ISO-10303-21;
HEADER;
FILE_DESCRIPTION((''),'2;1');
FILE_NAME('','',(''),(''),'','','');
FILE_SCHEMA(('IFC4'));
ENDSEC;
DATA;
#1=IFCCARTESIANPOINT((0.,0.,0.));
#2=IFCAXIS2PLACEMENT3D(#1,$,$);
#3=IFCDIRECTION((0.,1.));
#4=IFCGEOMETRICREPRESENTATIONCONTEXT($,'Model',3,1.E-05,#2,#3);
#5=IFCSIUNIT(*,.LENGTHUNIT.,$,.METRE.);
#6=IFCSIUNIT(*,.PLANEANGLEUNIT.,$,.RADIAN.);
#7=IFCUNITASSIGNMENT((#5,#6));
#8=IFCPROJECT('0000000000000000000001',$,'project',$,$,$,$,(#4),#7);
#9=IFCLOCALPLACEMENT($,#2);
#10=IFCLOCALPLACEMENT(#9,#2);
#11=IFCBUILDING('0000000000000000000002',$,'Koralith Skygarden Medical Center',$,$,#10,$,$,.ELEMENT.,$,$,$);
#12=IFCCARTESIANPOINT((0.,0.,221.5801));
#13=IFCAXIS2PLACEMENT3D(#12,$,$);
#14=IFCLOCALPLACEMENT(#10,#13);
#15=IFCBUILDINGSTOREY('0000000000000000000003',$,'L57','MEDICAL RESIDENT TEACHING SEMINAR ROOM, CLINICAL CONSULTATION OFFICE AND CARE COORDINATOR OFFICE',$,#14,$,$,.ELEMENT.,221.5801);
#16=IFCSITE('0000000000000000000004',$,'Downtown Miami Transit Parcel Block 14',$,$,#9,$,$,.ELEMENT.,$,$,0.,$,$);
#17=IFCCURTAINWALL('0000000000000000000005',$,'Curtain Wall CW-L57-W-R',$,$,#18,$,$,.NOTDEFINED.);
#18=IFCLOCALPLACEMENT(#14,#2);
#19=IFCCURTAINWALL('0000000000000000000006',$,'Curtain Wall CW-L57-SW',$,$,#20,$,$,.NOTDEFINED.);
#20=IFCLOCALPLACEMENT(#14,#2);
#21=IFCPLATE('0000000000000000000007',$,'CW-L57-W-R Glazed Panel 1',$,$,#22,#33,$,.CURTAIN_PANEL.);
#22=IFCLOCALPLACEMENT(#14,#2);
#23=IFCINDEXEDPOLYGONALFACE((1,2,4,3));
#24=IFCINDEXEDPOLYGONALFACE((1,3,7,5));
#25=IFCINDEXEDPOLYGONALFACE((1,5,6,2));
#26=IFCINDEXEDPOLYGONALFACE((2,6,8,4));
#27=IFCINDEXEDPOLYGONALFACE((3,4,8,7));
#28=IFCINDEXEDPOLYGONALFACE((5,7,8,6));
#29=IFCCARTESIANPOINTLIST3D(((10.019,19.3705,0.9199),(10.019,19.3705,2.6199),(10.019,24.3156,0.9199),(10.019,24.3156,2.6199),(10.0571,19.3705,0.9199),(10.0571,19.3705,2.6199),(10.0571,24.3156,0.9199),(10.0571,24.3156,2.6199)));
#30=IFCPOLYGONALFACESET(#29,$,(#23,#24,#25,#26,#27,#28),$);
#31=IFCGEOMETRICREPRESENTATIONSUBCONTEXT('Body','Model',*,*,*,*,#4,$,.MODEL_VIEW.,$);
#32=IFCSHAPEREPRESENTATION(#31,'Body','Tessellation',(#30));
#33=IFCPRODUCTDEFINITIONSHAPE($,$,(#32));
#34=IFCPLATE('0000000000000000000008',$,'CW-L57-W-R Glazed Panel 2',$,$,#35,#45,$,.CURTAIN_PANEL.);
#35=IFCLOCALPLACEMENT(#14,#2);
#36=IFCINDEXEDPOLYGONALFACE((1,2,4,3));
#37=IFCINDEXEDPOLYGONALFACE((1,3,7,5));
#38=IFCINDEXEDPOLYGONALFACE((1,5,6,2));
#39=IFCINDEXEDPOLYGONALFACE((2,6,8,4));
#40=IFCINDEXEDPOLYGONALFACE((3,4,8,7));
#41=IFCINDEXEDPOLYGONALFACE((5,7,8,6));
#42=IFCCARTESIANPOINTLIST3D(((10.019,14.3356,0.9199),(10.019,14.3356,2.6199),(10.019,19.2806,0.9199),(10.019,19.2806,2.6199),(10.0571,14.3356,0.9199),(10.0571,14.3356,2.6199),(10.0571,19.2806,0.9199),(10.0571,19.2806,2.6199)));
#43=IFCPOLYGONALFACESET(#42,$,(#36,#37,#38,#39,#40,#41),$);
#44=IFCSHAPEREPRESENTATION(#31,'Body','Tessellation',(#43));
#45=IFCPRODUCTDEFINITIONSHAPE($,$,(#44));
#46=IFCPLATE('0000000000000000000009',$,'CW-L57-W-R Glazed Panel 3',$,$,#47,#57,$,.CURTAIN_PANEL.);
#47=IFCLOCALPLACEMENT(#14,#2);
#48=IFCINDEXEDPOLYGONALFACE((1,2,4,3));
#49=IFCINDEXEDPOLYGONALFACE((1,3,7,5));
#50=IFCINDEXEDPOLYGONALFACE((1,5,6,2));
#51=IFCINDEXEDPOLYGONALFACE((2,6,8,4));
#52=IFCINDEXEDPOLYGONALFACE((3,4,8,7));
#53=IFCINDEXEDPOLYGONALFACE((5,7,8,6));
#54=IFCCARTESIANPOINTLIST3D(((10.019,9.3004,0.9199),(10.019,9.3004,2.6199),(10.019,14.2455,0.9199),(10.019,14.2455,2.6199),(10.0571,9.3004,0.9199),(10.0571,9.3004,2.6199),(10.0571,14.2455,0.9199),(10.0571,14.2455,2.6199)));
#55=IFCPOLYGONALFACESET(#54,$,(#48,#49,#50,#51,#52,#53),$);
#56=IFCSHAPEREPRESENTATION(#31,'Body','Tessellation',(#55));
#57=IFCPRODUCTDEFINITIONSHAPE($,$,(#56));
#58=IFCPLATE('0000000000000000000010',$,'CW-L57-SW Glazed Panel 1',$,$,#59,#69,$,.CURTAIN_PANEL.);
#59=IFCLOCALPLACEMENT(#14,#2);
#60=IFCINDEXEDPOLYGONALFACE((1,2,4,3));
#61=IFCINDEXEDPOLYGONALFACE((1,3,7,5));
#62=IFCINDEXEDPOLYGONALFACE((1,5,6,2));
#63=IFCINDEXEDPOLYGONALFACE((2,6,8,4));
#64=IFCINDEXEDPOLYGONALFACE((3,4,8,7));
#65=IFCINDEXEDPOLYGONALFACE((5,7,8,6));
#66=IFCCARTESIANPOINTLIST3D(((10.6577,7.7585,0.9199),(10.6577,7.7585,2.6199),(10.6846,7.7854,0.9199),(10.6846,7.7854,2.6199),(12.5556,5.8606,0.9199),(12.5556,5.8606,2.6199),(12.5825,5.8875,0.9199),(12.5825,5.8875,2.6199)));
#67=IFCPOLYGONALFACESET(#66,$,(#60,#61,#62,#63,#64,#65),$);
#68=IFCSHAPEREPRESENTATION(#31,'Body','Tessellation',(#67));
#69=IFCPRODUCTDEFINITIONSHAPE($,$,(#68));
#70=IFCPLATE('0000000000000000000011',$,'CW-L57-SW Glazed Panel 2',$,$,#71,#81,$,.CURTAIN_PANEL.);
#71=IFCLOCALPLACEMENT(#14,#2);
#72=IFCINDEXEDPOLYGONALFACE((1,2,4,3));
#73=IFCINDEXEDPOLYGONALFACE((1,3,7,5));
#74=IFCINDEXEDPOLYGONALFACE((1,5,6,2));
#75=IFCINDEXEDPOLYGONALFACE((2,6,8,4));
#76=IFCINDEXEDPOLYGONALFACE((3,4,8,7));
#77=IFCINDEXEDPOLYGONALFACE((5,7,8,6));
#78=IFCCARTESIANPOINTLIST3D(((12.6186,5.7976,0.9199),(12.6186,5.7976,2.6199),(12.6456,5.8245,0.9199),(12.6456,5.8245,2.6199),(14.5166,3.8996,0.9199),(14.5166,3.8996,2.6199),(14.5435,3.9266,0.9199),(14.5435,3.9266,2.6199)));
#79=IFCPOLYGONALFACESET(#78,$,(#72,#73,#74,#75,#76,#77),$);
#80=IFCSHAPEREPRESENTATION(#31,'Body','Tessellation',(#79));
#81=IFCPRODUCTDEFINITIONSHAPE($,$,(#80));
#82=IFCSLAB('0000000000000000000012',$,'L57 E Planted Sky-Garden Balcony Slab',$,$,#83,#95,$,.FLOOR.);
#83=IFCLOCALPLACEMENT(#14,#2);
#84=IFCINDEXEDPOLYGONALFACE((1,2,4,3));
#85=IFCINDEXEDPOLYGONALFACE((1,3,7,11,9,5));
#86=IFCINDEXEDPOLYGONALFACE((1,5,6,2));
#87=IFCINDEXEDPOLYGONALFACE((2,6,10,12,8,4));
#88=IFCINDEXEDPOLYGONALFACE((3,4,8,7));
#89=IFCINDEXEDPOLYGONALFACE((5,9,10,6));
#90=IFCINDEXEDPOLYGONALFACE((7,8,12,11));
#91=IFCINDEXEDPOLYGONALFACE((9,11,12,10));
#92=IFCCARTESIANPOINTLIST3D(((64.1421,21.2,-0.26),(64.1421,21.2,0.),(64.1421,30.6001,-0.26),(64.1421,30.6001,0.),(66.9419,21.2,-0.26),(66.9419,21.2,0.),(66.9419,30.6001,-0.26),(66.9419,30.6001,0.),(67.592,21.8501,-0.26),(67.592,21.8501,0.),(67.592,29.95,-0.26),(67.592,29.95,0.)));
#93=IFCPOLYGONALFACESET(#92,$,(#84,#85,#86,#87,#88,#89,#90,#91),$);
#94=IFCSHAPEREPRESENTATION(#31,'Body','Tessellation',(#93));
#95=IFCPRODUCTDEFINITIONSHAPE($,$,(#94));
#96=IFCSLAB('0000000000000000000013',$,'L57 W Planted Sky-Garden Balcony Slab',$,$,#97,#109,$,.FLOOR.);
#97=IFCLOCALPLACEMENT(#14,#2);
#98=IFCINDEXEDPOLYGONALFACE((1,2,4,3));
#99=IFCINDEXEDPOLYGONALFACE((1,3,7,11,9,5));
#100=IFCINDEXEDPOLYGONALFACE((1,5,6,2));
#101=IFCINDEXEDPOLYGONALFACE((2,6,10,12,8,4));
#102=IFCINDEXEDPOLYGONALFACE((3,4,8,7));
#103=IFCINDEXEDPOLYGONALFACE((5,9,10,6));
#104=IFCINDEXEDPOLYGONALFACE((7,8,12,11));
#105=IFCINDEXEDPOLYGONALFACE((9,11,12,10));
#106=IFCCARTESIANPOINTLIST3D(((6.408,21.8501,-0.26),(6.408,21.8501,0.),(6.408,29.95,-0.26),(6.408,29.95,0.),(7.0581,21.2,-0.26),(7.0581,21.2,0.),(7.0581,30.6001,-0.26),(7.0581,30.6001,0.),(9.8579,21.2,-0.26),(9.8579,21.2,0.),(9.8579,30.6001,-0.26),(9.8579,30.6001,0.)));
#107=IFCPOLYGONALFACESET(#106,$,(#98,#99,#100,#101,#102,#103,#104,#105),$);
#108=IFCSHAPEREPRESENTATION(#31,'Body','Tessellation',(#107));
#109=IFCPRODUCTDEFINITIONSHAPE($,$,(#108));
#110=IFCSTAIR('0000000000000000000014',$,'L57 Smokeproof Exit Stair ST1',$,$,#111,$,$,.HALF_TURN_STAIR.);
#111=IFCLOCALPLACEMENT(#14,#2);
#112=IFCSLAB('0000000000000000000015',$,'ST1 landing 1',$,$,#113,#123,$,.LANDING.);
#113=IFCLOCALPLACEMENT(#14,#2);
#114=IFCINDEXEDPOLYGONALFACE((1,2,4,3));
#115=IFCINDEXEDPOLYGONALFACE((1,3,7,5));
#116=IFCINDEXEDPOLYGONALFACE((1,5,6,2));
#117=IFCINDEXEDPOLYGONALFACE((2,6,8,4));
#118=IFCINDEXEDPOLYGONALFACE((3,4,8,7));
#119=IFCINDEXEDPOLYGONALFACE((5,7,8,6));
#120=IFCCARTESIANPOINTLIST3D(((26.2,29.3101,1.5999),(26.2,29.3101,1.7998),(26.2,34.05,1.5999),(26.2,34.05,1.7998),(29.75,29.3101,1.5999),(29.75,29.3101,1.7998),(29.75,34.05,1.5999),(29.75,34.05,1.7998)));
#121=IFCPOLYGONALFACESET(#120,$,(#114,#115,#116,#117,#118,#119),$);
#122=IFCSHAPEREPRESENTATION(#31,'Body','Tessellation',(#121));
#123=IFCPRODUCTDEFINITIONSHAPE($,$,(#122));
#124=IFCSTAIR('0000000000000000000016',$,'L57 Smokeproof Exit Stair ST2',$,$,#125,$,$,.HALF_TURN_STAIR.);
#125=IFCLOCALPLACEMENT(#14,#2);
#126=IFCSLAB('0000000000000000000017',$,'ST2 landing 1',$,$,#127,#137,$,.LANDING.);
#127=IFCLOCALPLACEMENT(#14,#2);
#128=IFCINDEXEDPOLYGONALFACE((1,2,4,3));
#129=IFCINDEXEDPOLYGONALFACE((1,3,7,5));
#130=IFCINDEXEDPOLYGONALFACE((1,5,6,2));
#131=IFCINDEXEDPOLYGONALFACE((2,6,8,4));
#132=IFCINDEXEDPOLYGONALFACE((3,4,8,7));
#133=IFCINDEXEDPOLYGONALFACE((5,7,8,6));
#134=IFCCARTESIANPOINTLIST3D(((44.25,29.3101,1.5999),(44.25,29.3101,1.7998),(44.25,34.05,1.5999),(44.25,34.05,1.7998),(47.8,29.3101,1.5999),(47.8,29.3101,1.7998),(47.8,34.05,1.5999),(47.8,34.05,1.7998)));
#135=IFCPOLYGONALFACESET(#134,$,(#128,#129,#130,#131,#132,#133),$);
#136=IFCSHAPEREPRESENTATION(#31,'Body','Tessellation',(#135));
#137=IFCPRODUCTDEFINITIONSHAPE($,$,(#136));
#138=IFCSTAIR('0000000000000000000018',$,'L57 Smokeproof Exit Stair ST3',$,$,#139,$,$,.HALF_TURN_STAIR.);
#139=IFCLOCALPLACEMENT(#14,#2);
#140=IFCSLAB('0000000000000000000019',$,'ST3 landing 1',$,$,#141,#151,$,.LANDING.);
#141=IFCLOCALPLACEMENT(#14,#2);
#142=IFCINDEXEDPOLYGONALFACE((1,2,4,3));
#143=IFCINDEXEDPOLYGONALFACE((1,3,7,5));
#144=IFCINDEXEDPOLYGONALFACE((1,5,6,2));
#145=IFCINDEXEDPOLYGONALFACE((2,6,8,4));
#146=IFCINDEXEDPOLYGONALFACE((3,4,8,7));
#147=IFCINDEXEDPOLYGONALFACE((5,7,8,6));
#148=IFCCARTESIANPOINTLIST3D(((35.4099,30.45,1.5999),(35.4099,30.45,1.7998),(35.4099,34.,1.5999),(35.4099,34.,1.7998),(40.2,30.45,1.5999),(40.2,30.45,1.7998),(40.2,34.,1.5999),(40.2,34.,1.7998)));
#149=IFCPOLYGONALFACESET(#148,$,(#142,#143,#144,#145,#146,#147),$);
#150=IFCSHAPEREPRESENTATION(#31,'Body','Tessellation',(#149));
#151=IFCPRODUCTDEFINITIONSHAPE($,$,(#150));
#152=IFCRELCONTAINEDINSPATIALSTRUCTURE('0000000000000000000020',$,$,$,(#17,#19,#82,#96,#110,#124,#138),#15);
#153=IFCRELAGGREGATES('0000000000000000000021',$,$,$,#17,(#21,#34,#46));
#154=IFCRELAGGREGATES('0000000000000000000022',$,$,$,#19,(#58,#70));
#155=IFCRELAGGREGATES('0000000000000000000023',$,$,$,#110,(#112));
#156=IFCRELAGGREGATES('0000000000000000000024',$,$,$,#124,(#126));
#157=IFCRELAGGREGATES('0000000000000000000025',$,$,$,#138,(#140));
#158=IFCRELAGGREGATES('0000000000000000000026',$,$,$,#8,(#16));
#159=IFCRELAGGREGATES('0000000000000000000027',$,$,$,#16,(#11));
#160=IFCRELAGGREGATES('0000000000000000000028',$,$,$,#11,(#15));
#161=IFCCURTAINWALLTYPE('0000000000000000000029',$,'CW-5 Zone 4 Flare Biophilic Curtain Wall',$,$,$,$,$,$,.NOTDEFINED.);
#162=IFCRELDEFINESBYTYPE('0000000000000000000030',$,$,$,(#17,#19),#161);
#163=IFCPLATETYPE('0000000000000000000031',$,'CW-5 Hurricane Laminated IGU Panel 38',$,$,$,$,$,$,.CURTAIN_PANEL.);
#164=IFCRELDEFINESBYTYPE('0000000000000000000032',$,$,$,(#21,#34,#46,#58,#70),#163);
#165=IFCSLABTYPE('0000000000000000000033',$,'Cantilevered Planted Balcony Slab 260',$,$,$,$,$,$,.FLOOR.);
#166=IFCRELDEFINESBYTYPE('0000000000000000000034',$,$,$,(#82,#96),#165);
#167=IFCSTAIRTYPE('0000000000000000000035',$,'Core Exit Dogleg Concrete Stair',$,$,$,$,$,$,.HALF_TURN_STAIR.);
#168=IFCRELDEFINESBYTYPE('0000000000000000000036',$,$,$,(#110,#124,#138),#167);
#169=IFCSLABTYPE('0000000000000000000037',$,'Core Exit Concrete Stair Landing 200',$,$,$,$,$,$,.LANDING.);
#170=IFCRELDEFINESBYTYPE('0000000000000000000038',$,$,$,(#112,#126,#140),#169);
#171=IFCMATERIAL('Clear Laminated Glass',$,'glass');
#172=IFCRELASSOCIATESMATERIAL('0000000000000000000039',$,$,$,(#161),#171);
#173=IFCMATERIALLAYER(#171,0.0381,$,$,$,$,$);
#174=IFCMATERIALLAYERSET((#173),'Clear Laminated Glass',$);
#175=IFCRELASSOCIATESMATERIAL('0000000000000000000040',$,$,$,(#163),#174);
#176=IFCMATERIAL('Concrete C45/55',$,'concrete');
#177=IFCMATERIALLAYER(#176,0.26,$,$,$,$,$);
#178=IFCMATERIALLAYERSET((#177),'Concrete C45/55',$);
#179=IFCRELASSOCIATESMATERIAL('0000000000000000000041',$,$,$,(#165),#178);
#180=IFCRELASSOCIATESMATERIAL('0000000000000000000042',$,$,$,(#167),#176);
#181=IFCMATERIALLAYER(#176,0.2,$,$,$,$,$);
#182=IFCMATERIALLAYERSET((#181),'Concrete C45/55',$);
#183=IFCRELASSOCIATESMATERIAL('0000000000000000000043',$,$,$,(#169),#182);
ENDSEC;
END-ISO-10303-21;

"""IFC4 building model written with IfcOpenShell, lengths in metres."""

from ifc_helpers import new_model, si_unit, direction, frame, origin, origin_2d, place, context, subcontext, project, spatial, polyline, rectangle, outline, extrude, material, layer, layer_set, type_object, element, aggregate, save


model = new_model("IFC4")

# Units and contexts
model_context = context("Model", 3, precision=1e-05, world=origin(), true_north=direction((0.0, 1.0)))
body_context = subcontext(model_context, "Body", "Model", "MODEL_VIEW")
ifc_project = project(units=[si_unit("LENGTHUNIT", "METRE"), si_unit("PLANEANGLEUNIT", "RADIAN")], contexts=[model_context])

# Site, building, storey
site_placement = place(None, origin())
site = spatial("IfcSite", under=ifc_project, at=site_placement, Name="Downtown Miami Transit Parcel Block 14", CompositionType="ELEMENT", RefElevation=0.0)
building_placement = place(site_placement, origin())
building = spatial("IfcBuilding", under=site, at=building_placement, Name="Koralith Skygarden Medical Center", CompositionType="ELEMENT")
storey_placement = place(building_placement, frame((0.0, 0.0, 221.5801)))
storey = spatial("IfcBuildingStorey", under=building, at=storey_placement, Name="L57", Description="MEDICAL RESIDENT TEACHING SEMINAR ROOM, CLINICAL CONSULTATION OFFICE AND CARE COORDINATOR OFFICE", CompositionType="ELEMENT", Elevation=221.5801)

# Curtain walls
ifc_material_1 = material(Name="Clear Laminated Glass", Category="glass")
curtain_wall_type = type_object("IfcCurtainWallType", Name="CW-5 Zone 4 Flare Biophilic Curtain Wall", PredefinedType="NOTDEFINED", material=ifc_material_1)
curtain_wall_1_placement = place(storey_placement, origin())
curtain_wall_1 = element("IfcCurtainWall", 1, at=curtain_wall_1_placement, inside=storey, type_object=curtain_wall_type, Name="Curtain Wall CW-L57-W-R", PredefinedType="NOTDEFINED")
curtain_wall_2_placement = place(storey_placement, origin())
curtain_wall_2 = element("IfcCurtainWall", 2, at=curtain_wall_2_placement, inside=storey, type_object=curtain_wall_type, Name="Curtain Wall CW-L57-SW", PredefinedType="NOTDEFINED")

# Shared definitions
ifc_material_2 = material(Name="Concrete C45/55", Category="concrete")

# Plates
ifc_layer_1 = layer(ifc_material_1, 0.0381)
ifc_layer_set_1 = layer_set([ifc_layer_1], Name="Clear Laminated Glass")
plate_type_1 = type_object("IfcPlateType", Name="CW-5 Hurricane Laminated IGU Panel 38", PredefinedType="CURTAIN_PANEL", material=ifc_layer_set_1)
plate_1_placement = place(storey_placement, frame((10.0381, 21.843, 0.9199), z_axis=(0.0, 0.0, 1.0), x_axis=(0.0, -1.0, 0.0)))
plate_1 = element("IfcPlate", 3, at=plate_1_placement, type_object=plate_type_1, Name="CW-L57-W-R Glazed Panel 1", PredefinedType="CURTAIN_PANEL", context=body_context, shape_type="SweptSolid", body=[
    extrude(rectangle(XDim=4.9451, YDim=0.0381, at=origin_2d()), origin(), (0.0, 0.0, 1.0), 1.7),
])
plate_2_placement = place(storey_placement, frame((10.0381, 16.8081, 0.9199), z_axis=(0.0, 0.0, 1.0), x_axis=(0.0, -1.0, 0.0)))
plate_2 = element("IfcPlate", 4, at=plate_2_placement, type_object=plate_type_1, Name="CW-L57-W-R Glazed Panel 2", PredefinedType="CURTAIN_PANEL", context=body_context, shape_type="SweptSolid", body=[
    extrude(rectangle(XDim=4.9451, YDim=0.0381, at=origin_2d()), origin(), (0.0, 0.0, 1.0), 1.7),
])
plate_3_placement = place(storey_placement, frame((10.0381, 11.7729, 0.9199), z_axis=(0.0, 0.0, 1.0), x_axis=(0.0, -1.0, 0.0)))
plate_3 = element("IfcPlate", 5, at=plate_3_placement, type_object=plate_type_1, Name="CW-L57-W-R Glazed Panel 3", PredefinedType="CURTAIN_PANEL", context=body_context, shape_type="SweptSolid", body=[
    extrude(rectangle(XDim=4.9451, YDim=0.0381, at=origin_2d()), origin(), (0.0, 0.0, 1.0), 1.7),
])
aggregate(curtain_wall_1, [plate_1, plate_2, plate_3])
plate_4_placement = place(storey_placement, frame((11.6201, 6.823, 0.9199), z_axis=(0.0, 0.0, 1.0), x_axis=(0.707107, -0.707107, 0.0)))
plate_4 = element("IfcPlate", 6, at=plate_4_placement, type_object=plate_type_1, Name="CW-L57-SW Glazed Panel 1", PredefinedType="CURTAIN_PANEL", context=body_context, shape_type="SweptSolid", body=[
    extrude(rectangle(XDim=2.6841, YDim=0.0381, at=origin_2d()), origin(), (0.0, 0.0, 1.0), 1.7),
])
plate_5_placement = place(storey_placement, frame((13.5811, 4.8621, 0.9199), z_axis=(0.0, 0.0, 1.0), x_axis=(0.707107, -0.707107, 0.0)))
plate_5 = element("IfcPlate", 7, at=plate_5_placement, type_object=plate_type_1, Name="CW-L57-SW Glazed Panel 2", PredefinedType="CURTAIN_PANEL", context=body_context, shape_type="SweptSolid", body=[
    extrude(rectangle(XDim=2.6841, YDim=0.0381, at=origin_2d()), origin(), (0.0, 0.0, 1.0), 1.7),
])
aggregate(curtain_wall_2, [plate_4, plate_5])

# Slabs
ifc_layer_2 = layer(ifc_material_2, 0.26)
ifc_layer_set_2 = layer_set([ifc_layer_2], Name="Concrete C45/55")
slab_type_1 = type_object("IfcSlabType", Name="Cantilevered Planted Balcony Slab 260", PredefinedType="FLOOR", material=ifc_layer_set_2)
slab_1_placement = place(storey_placement, frame((0.0, 0.0, -0.26)))
element("IfcSlab", 8, at=slab_1_placement, inside=storey, type_object=slab_type_1, Name="L57 E Planted Sky-Garden Balcony Slab", PredefinedType="FLOOR", context=body_context, shape_type="SweptSolid", body=[
    extrude(outline(polyline([(64.1421, 21.2), (66.9419, 21.2), (67.592, 21.8501), (67.592, 29.95), (66.9419, 30.6001), (64.1421, 30.6001), (64.1421, 21.2)])), origin(), (0.0, 0.0, 1.0), 0.26),
])
slab_2_placement = place(storey_placement, frame((0.0, 0.0, -0.26)))
element("IfcSlab", 9, at=slab_2_placement, inside=storey, type_object=slab_type_1, Name="L57 W Planted Sky-Garden Balcony Slab", PredefinedType="FLOOR", context=body_context, shape_type="SweptSolid", body=[
    extrude(outline(polyline([(7.0581, 21.2), (9.8579, 21.2), (9.8579, 30.6001), (7.0581, 30.6001), (6.408, 29.95), (6.408, 21.8501), (7.0581, 21.2)])), origin(), (0.0, 0.0, 1.0), 0.26),
])

# Stairs, slabs
stair_type = type_object("IfcStairType", Name="Core Exit Dogleg Concrete Stair", PredefinedType="HALF_TURN_STAIR", material=ifc_material_2)
stair_1_placement = place(storey_placement, origin())
stair_1 = element("IfcStair", 10, at=stair_1_placement, inside=storey, type_object=stair_type, Name="L57 Smokeproof Exit Stair ST1", PredefinedType="HALF_TURN_STAIR")
ifc_layer_3 = layer(ifc_material_2, 0.2)
ifc_layer_set_3 = layer_set([ifc_layer_3], Name="Concrete C45/55")
slab_type_2 = type_object("IfcSlabType", Name="Core Exit Concrete Stair Landing 200", PredefinedType="LANDING", material=ifc_layer_set_3)
slab_3_placement = place(storey_placement, frame((0.0, 0.0, 1.5999)))
slab_3 = element("IfcSlab", 11, at=slab_3_placement, type_object=slab_type_2, Name="ST1 landing 1", PredefinedType="LANDING", context=body_context, shape_type="SweptSolid", body=[
    extrude(outline(polyline([(29.75, 29.3101), (29.75, 34.05), (26.2, 34.05), (26.2, 29.3101), (29.75, 29.3101)])), origin(), (0.0, 0.0, 1.0), 0.2),
])
aggregate(stair_1, [slab_3])
stair_2_placement = place(storey_placement, origin())
stair_2 = element("IfcStair", 12, at=stair_2_placement, inside=storey, type_object=stair_type, Name="L57 Smokeproof Exit Stair ST2", PredefinedType="HALF_TURN_STAIR")
slab_4_placement = place(storey_placement, frame((0.0, 0.0, 1.5999)))
slab_4 = element("IfcSlab", 13, at=slab_4_placement, type_object=slab_type_2, Name="ST2 landing 1", PredefinedType="LANDING", context=body_context, shape_type="SweptSolid", body=[
    extrude(outline(polyline([(47.8, 29.3101), (47.8, 34.05), (44.25, 34.05), (44.25, 29.3101), (47.8, 29.3101)])), origin(), (0.0, 0.0, 1.0), 0.2),
])
aggregate(stair_2, [slab_4])
stair_3_placement = place(storey_placement, origin())
stair_3 = element("IfcStair", 14, at=stair_3_placement, inside=storey, type_object=stair_type, Name="L57 Smokeproof Exit Stair ST3", PredefinedType="HALF_TURN_STAIR")
slab_5_placement = place(storey_placement, frame((0.0, 0.0, 1.5999)))
slab_5 = element("IfcSlab", 15, at=slab_5_placement, type_object=slab_type_2, Name="ST3 landing 1", PredefinedType="LANDING", context=body_context, shape_type="SweptSolid", body=[
    extrude(outline(polyline([(35.4099, 30.45), (40.2, 30.45), (40.2, 34.0), (35.4099, 34.0), (35.4099, 30.45)])), origin(), (0.0, 0.0, 1.0), 0.2),
])
aggregate(stair_3, [slab_5])

save(model, "model.ifc")
